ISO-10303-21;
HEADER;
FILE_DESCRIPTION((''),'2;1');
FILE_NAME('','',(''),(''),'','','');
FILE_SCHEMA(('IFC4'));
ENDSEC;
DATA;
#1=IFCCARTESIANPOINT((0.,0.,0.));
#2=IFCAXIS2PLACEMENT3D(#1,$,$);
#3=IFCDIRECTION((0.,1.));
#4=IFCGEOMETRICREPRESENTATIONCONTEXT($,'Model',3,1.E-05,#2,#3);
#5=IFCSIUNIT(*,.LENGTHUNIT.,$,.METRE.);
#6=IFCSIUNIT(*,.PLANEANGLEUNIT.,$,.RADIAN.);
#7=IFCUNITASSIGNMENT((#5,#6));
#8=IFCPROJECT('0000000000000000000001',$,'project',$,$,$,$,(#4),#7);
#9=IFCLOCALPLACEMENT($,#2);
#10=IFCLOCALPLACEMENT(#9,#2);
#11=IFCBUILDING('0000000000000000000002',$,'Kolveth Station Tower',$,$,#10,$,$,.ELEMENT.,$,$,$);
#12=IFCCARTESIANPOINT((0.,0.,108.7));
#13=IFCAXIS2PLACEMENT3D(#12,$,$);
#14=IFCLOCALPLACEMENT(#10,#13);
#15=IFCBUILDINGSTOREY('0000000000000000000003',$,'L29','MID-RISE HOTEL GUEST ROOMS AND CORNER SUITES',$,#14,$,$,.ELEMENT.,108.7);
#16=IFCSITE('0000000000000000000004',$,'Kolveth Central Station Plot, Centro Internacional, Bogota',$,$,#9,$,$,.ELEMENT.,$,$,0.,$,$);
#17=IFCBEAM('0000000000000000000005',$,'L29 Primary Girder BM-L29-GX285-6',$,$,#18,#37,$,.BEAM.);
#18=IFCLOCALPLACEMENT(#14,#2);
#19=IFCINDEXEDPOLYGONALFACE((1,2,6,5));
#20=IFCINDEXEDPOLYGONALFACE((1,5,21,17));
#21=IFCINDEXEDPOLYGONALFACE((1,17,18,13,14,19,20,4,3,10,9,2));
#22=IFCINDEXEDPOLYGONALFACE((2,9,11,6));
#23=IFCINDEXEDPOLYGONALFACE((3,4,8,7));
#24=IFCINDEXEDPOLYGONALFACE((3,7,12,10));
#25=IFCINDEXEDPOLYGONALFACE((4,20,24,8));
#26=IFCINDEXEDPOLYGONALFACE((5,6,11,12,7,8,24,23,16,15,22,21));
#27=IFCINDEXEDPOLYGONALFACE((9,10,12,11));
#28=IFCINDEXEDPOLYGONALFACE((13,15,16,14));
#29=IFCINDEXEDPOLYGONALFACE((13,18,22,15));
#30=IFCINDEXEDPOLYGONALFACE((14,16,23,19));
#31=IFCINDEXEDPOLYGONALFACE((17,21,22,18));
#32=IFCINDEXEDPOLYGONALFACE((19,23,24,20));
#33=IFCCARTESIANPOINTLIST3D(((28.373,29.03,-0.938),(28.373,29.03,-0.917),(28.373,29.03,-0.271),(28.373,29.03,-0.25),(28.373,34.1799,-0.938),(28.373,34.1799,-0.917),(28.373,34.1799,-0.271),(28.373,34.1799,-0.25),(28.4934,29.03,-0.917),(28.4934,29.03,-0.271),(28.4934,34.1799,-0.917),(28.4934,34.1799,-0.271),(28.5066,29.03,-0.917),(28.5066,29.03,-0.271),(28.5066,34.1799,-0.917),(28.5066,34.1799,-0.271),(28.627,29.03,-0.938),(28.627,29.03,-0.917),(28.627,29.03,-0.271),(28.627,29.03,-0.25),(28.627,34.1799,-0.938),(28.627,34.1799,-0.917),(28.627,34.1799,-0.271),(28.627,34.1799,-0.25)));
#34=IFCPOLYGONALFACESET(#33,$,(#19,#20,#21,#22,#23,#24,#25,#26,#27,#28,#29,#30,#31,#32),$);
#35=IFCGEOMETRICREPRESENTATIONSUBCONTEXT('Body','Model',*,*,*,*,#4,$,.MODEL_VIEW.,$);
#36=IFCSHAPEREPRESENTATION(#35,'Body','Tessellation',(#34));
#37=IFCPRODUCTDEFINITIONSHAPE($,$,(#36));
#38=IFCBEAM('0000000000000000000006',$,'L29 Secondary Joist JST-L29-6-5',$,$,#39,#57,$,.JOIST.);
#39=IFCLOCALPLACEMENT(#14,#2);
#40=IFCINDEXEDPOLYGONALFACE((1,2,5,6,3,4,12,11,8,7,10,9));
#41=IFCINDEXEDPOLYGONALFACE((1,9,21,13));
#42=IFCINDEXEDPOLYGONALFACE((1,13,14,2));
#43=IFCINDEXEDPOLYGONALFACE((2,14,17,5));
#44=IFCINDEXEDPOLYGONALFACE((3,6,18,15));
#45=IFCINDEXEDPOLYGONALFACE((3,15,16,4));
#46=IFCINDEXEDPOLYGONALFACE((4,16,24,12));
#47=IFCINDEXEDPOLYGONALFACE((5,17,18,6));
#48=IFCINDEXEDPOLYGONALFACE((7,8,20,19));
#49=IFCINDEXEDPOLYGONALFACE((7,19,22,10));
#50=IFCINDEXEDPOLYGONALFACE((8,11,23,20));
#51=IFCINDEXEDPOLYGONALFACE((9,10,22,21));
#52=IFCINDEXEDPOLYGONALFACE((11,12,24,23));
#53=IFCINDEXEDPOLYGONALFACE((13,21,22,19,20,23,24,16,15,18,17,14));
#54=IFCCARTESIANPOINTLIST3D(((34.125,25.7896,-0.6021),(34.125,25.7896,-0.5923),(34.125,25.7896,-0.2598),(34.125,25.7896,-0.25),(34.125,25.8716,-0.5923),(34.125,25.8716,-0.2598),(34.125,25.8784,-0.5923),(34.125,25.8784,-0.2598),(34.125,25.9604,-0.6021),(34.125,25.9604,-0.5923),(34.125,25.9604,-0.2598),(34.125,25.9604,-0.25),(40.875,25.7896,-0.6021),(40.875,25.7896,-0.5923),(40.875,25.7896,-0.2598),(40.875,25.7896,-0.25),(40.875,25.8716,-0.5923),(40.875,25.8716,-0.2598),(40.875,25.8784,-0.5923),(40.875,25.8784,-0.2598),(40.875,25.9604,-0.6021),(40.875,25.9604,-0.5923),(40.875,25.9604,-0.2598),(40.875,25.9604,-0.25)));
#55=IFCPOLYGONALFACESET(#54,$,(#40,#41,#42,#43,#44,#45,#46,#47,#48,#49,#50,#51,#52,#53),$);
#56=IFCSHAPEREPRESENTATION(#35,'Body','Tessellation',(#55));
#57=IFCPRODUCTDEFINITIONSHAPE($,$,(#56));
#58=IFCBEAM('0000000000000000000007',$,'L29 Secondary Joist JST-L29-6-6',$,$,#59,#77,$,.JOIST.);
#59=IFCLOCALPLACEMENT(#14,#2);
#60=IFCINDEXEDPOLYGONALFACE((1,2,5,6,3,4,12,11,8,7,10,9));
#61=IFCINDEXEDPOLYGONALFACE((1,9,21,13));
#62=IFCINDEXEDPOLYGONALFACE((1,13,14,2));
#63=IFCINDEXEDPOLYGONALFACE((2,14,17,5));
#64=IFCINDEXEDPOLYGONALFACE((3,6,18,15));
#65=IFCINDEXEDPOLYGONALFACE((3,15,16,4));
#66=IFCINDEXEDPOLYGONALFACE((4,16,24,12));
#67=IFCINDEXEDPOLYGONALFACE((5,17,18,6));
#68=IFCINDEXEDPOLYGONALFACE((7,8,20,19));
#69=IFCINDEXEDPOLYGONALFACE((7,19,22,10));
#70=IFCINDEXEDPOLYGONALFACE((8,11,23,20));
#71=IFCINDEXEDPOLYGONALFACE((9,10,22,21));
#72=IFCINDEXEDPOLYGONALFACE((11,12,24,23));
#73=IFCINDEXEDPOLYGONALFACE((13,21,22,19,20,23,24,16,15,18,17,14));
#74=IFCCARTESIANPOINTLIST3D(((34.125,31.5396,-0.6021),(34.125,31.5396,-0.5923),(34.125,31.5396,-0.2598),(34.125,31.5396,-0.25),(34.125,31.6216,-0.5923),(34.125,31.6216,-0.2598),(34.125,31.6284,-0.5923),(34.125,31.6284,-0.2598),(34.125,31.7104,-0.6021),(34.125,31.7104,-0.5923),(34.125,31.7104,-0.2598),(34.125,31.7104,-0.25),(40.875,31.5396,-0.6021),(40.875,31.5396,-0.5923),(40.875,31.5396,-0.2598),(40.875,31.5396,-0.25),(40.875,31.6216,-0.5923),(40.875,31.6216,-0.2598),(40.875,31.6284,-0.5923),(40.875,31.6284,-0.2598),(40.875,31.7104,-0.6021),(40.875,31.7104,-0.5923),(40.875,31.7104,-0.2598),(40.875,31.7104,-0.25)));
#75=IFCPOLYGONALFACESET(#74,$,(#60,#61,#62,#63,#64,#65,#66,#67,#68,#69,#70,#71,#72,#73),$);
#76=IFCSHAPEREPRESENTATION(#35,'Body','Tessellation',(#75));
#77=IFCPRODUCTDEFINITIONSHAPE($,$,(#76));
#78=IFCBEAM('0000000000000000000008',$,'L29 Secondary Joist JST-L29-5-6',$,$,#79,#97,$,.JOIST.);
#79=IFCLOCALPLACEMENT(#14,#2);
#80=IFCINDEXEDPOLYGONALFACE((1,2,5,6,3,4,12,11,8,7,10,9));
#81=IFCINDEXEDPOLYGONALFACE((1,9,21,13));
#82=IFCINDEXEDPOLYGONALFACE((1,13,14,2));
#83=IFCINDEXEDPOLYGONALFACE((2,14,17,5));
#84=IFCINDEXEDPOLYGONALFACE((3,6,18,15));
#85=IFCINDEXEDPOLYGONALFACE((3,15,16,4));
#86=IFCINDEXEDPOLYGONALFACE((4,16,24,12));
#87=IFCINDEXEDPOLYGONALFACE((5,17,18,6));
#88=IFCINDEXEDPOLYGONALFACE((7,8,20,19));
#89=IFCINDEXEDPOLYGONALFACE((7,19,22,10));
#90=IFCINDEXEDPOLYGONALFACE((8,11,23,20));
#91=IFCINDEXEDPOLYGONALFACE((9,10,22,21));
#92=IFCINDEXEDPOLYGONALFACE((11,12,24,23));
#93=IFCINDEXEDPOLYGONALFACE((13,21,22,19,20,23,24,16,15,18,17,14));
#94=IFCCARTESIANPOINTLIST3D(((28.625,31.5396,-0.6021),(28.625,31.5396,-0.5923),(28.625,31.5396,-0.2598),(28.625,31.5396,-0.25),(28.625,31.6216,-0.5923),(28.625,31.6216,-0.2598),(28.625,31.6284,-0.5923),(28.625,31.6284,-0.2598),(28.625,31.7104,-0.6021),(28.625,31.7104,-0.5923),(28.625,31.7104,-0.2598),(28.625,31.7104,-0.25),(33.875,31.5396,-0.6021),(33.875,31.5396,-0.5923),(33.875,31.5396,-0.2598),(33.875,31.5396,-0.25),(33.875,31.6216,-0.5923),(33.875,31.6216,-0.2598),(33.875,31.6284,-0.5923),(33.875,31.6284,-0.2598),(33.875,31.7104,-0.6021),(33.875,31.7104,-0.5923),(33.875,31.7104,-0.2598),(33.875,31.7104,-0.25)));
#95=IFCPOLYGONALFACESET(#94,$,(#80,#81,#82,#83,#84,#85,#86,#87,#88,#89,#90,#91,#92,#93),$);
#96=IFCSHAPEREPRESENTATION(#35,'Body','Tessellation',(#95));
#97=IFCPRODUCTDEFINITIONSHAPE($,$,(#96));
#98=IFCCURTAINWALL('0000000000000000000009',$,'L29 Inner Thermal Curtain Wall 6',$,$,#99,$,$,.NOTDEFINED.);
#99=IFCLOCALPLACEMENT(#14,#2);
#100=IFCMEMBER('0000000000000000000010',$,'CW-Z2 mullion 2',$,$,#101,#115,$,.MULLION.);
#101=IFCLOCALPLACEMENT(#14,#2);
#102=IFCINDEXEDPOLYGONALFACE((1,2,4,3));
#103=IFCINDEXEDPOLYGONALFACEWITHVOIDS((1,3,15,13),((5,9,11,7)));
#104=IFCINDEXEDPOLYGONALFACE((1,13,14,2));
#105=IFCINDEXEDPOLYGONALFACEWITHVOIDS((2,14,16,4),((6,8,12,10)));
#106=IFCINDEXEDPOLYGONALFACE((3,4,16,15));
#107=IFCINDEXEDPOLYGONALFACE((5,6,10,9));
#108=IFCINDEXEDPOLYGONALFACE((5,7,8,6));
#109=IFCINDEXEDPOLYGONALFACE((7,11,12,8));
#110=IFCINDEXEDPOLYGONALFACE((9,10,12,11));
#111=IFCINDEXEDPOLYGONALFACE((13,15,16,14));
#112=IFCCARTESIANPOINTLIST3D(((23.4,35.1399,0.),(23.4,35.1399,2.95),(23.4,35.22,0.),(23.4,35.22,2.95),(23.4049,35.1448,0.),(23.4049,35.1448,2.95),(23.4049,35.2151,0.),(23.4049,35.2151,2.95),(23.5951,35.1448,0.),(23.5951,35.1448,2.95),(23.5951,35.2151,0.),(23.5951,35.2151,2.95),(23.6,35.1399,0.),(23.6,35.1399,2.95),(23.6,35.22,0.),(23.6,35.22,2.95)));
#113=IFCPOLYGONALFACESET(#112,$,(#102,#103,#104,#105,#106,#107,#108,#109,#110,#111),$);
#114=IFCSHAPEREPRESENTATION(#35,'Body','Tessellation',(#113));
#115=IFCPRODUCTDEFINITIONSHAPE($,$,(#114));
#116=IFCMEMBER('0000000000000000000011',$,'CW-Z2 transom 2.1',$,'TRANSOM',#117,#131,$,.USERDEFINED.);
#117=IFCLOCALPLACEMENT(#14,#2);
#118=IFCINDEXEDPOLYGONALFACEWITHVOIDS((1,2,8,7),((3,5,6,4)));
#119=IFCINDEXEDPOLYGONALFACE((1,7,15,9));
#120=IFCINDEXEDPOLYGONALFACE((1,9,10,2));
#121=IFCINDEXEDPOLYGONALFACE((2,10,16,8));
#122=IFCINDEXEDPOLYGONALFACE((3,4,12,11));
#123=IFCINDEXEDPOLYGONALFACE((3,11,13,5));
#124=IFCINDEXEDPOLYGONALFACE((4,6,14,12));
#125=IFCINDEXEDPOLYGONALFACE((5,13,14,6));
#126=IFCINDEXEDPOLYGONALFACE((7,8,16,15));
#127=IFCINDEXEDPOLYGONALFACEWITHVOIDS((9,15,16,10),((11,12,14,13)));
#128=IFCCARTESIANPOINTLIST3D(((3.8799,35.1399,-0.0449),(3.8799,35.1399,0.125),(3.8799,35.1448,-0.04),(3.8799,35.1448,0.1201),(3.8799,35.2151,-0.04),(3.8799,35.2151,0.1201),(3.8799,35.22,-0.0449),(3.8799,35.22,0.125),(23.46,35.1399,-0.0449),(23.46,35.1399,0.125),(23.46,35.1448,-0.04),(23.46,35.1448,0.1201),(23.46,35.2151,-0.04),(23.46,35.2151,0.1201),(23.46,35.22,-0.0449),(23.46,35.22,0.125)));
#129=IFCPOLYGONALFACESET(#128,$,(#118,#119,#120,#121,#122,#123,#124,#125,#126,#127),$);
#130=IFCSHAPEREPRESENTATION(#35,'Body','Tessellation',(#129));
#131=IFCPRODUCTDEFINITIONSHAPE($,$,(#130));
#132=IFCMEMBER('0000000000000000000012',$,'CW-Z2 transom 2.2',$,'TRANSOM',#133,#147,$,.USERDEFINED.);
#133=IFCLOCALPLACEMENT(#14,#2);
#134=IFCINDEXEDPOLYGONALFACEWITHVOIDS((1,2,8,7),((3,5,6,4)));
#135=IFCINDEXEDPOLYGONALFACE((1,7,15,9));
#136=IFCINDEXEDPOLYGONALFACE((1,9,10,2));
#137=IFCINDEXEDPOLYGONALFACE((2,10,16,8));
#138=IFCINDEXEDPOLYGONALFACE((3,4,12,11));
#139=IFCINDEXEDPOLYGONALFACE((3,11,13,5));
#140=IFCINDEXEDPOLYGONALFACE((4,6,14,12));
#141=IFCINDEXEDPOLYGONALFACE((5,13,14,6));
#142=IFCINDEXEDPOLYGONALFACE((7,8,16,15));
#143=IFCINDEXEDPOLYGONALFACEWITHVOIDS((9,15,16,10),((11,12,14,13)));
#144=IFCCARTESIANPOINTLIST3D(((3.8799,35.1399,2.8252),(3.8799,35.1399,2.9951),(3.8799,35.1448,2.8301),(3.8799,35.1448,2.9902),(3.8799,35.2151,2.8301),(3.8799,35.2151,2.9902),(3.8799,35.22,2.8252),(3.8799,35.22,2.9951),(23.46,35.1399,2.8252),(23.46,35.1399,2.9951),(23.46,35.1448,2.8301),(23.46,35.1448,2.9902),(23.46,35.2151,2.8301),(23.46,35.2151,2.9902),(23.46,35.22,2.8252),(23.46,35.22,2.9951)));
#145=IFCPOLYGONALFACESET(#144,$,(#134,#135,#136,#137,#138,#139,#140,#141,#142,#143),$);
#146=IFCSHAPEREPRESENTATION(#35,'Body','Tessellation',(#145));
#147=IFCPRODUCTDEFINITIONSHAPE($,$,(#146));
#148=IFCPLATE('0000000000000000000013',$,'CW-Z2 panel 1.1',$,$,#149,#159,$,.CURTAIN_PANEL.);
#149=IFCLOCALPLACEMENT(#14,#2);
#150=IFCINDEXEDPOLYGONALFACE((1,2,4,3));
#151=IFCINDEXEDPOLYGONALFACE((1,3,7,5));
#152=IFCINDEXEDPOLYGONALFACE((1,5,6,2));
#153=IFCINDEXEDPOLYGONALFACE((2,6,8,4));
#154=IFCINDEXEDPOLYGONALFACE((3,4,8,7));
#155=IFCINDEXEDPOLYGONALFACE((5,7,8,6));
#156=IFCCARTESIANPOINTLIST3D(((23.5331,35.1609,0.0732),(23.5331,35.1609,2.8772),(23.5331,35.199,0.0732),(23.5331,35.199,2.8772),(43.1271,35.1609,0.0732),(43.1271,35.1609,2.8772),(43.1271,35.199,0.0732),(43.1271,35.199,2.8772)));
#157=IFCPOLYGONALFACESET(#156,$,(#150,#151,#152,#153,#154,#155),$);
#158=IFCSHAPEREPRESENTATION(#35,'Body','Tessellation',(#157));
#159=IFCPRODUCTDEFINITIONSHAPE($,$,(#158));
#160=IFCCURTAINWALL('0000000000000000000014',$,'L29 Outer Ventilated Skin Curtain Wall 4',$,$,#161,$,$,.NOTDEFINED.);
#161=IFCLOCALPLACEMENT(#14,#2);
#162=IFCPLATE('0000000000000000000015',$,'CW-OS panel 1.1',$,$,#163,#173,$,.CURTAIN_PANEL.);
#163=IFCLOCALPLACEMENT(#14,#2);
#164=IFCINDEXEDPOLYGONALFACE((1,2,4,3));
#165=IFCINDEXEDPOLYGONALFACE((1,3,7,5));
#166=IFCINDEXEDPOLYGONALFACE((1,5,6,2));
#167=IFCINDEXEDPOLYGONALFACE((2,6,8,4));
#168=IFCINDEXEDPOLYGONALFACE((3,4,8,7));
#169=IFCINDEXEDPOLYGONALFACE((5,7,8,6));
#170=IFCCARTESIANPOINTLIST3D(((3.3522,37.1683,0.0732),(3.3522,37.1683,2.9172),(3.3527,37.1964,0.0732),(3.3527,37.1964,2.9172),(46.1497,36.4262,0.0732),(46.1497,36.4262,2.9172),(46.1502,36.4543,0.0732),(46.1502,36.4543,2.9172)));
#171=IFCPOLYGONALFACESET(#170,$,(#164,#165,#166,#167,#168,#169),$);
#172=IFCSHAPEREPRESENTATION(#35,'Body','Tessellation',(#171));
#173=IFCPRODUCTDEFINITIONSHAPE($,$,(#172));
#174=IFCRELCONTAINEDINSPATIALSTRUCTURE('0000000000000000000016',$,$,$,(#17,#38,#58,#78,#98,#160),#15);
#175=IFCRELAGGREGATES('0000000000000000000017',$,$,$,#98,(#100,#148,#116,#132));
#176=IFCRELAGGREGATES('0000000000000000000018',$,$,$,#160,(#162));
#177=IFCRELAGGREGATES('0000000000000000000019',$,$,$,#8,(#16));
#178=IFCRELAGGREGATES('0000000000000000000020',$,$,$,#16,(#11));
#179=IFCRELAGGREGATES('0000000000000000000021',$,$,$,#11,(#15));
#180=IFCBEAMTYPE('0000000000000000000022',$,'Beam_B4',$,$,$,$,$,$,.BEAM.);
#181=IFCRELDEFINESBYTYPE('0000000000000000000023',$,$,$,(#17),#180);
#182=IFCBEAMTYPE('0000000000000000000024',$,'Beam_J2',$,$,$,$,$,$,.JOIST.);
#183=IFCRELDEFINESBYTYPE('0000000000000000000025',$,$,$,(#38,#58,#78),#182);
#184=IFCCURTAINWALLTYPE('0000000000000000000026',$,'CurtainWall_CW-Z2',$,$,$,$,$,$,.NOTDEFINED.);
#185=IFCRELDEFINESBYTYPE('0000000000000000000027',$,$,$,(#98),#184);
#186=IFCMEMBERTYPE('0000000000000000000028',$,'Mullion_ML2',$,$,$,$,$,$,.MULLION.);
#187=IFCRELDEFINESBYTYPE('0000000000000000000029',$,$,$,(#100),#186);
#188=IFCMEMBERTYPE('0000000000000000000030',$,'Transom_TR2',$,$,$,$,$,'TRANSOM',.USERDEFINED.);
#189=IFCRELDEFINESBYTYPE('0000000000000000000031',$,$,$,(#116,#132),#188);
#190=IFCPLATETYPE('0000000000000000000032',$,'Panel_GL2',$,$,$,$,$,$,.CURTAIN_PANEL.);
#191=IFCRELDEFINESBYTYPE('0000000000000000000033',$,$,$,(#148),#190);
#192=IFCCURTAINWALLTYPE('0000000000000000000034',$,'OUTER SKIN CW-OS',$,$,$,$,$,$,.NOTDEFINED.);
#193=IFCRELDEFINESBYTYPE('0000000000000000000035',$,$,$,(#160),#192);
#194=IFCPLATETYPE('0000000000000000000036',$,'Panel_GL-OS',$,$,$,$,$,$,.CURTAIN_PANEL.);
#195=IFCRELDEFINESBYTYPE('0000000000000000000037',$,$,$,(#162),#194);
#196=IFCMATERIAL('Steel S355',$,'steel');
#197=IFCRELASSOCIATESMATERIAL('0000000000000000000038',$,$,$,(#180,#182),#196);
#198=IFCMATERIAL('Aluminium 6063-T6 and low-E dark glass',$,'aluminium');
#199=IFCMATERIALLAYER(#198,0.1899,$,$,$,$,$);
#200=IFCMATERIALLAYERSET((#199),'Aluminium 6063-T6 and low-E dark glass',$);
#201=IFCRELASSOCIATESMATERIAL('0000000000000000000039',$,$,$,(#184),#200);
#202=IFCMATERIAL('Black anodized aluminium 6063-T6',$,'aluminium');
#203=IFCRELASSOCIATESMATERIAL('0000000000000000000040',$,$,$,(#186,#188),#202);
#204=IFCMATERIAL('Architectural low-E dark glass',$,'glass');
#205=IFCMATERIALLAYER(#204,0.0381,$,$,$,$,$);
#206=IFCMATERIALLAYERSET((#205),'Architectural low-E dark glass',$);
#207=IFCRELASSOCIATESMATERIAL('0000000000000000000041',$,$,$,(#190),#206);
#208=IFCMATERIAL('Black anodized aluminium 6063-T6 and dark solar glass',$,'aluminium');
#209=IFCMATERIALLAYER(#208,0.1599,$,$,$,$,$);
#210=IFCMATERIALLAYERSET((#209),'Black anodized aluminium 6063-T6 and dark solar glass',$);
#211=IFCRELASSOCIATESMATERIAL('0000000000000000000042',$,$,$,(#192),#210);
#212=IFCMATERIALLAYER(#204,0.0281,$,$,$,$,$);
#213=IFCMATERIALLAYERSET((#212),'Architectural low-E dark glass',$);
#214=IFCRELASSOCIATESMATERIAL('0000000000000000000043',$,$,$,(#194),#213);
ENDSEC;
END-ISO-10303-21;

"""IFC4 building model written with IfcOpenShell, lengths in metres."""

from ifc_helpers import new_model, si_unit, direction, frame, origin, origin_2d, place, context, subcontext, project, spatial, rectangle, hollow_rectangle, i_section, extrude, source, transform, mapped, material, layer, layer_set, material_profile, profile_set, type_object, element, aggregate, save


model = new_model("IFC4")

# Units and contexts
model_context = context("Model", 3, precision=1e-05, world=origin(), true_north=direction((0.0, 1.0)))
body_context = subcontext(model_context, "Body", "Model", "MODEL_VIEW")
ifc_project = project(units=[si_unit("LENGTHUNIT", "METRE"), si_unit("PLANEANGLEUNIT", "RADIAN")], contexts=[model_context])

# Site, building, storey
site_placement = place(None, origin())
site = spatial("IfcSite", under=ifc_project, at=site_placement, Name="Kolveth Central Station Plot, Centro Internacional, Bogota", CompositionType="ELEMENT", RefElevation=0.0)
building_placement = place(site_placement, origin())
building = spatial("IfcBuilding", under=site, at=building_placement, Name="Kolveth Station Tower", CompositionType="ELEMENT")
storey_placement = place(building_placement, frame((0.0, 0.0, 108.7)))
storey = spatial("IfcBuildingStorey", under=building, at=storey_placement, Name="L29", Description="MID-RISE HOTEL GUEST ROOMS AND CORNER SUITES", CompositionType="ELEMENT", Elevation=108.7)

# Shared definitions
ifc_material_1 = material(Name="Steel S355", Category="steel")

# Beams
ifc_material_profile_1 = material_profile(ifc_material_1, i_section(OverallWidth=0.2539, OverallDepth=0.688, WebThickness=0.0132, FlangeThickness=0.021, at=origin_2d()), Name="W690x152")
ifc_profile_set_1 = profile_set([ifc_material_profile_1], Name="Steel S355")
beam_type_1 = type_object("IfcBeamType", Name="Beam_B4", PredefinedType="BEAM", material=ifc_profile_set_1)
shared_shape_1 = source(origin(), body_context, "Body", "SweptSolid", [
    extrude(i_section(OverallWidth=0.2539, OverallDepth=0.688, WebThickness=0.0132, FlangeThickness=0.021, at=origin_2d()), origin(), (0.0, 0.0, 1.0), 5.1499),
])
beam_1_placement = place(storey_placement, frame((28.5, 29.03, -0.594), z_axis=(0.0, 1.0, 0.0), x_axis=(-1.0, 0.0, 0.0)))
element("IfcBeam", 1, at=beam_1_placement, inside=storey, type_object=beam_type_1, Name="L29 Primary Girder BM-L29-GX285-6", PredefinedType="BEAM", context=body_context, shape_type="MappedRepresentation", body=[
    mapped(shared_shape_1, transform((0.0, 0.0, 0.0), x_axis=(1.0, 0.0, 0.0), y_axis=(0.0, 1.0, 0.0), z_axis=(0.0, 0.0, 1.0), scale=1.0)),
])
ifc_material_profile_2 = material_profile(ifc_material_1, i_section(OverallWidth=0.1709, OverallDepth=0.3521, WebThickness=0.0068, FlangeThickness=0.0098, at=origin_2d()), Name="W360x44")
ifc_profile_set_2 = profile_set([ifc_material_profile_2], Name="Steel S355")
beam_type_2 = type_object("IfcBeamType", Name="Beam_J2", PredefinedType="JOIST", material=ifc_profile_set_2)
shared_shape_2 = source(origin(), body_context, "Body", "SweptSolid", [
    extrude(i_section(OverallWidth=0.1709, OverallDepth=0.3521, WebThickness=0.0068, FlangeThickness=0.0098, at=origin_2d()), origin(), (0.0, 0.0, 1.0), 6.75),
])
for number, where, z_axis, x_axis, name in (
    (2, (34.125, 25.875, -0.426), (1.0, 0.0, 0.0), (0.0, 1.0, 0.0), "L29 Secondary Joist JST-L29-6-5"),
    (3, (34.125, 31.625, -0.426), (1.0, 0.0, 0.0), (0.0, 1.0, 0.0), "L29 Secondary Joist JST-L29-6-6"),
):
    element("IfcBeam", number, at=place(storey_placement, frame(where, z_axis=z_axis, x_axis=x_axis)), inside=storey, type_object=beam_type_2, Name=name, PredefinedType="JOIST", context=body_context, shape_type="MappedRepresentation", body=[
        mapped(shared_shape_2, transform((0.0, 0.0, 0.0), x_axis=(1.0, 0.0, 0.0), y_axis=(0.0, 1.0, 0.0), z_axis=(0.0, 0.0, 1.0), scale=1.0)),
    ])
shared_shape_3 = source(origin(), body_context, "Body", "SweptSolid", [
    extrude(i_section(OverallWidth=0.1709, OverallDepth=0.3521, WebThickness=0.0068, FlangeThickness=0.0098, at=origin_2d()), origin(), (0.0, 0.0, 1.0), 5.25),
])
beam_2_placement = place(storey_placement, frame((28.625, 31.625, -0.426), z_axis=(1.0, 0.0, 0.0), x_axis=(0.0, 1.0, 0.0)))
element("IfcBeam", 4, at=beam_2_placement, inside=storey, type_object=beam_type_2, Name="L29 Secondary Joist JST-L29-5-6", PredefinedType="JOIST", context=body_context, shape_type="MappedRepresentation", body=[
    mapped(shared_shape_3, transform((0.0, 0.0, 0.0), x_axis=(1.0, 0.0, 0.0), y_axis=(0.0, 1.0, 0.0), z_axis=(0.0, 0.0, 1.0), scale=1.0)),
])

# Curtain wall, members, plate
ifc_material_2 = material(Name="Aluminium 6063-T6 and low-E dark glass", Category="aluminium")
ifc_layer_1 = layer(ifc_material_2, 0.1899)
ifc_layer_set_1 = layer_set([ifc_layer_1], Name="Aluminium 6063-T6 and low-E dark glass")
curtain_wall_type_1 = type_object("IfcCurtainWallType", Name="CurtainWall_CW-Z2", PredefinedType="NOTDEFINED", material=ifc_layer_set_1)
curtain_wall_1_placement = place(storey_placement, origin())
curtain_wall_1 = element("IfcCurtainWall", 5, at=curtain_wall_1_placement, inside=storey, type_object=curtain_wall_type_1, Name="L29 Inner Thermal Curtain Wall 6", PredefinedType="NOTDEFINED")
ifc_material_3 = material(Name="Black anodized aluminium 6063-T6", Category="aluminium")
ifc_material_profile_3 = material_profile(ifc_material_3, hollow_rectangle(XDim=0.0801, YDim=0.2, WallThickness=0.0049, at=origin_2d()), Name="ALU-80x200x5")
ifc_profile_set_3 = profile_set([ifc_material_profile_3], Name="Black anodized aluminium 6063-T6")
member_type_1 = type_object("IfcMemberType", Name="Mullion_ML2", PredefinedType="MULLION", material=ifc_profile_set_3)
shared_shape_4 = source(origin(), body_context, "Body", "SweptSolid", [
    extrude(hollow_rectangle(XDim=0.0801, YDim=0.2, WallThickness=0.0049, at=origin_2d()), origin(), (0.0, 0.0, 1.0), 2.95),
])
member_1_placement = place(storey_placement, frame((23.5, 35.1799, 0.0), z_axis=(0.0, 0.0, 1.0), x_axis=(0.0, -1.0, 0.0)))
member_1 = element("IfcMember", 6, at=member_1_placement, type_object=member_type_1, Name="CW-Z2 mullion 2", PredefinedType="MULLION", context=body_context, shape_type="MappedRepresentation", body=[
    mapped(shared_shape_4, transform((0.0, 0.0, 0.0), x_axis=(1.0, 0.0, 0.0), y_axis=(0.0, 1.0, 0.0), z_axis=(0.0, 0.0, 1.0), scale=1.0)),
])
ifc_material_profile_4 = material_profile(ifc_material_3, hollow_rectangle(XDim=0.0801, YDim=0.1699, WallThickness=0.0049, at=origin_2d()), Name="ALU-80x170x5")
ifc_profile_set_4 = profile_set([ifc_material_profile_4], Name="Black anodized aluminium 6063-T6")
member_type_2 = type_object("IfcMemberType", Name="Transom_TR2", ElementType="TRANSOM", PredefinedType="USERDEFINED", material=ifc_profile_set_4)
shared_shape_5 = source(origin(), body_context, "Body", "SweptSolid", [
    extrude(hollow_rectangle(XDim=0.0801, YDim=0.1699, WallThickness=0.0049, at=origin_2d()), origin(), (0.0, 0.0, 1.0), 19.5801),
])
member_2_placement = place(storey_placement, frame((23.46, 35.1799, 0.04), z_axis=(-1.0, 0.0, 0.0), x_axis=(0.0, -1.0, 0.0)))
member_2 = element("IfcMember", 7, at=member_2_placement, type_object=member_type_2, Name="CW-Z2 transom 2.1", ObjectType="TRANSOM", PredefinedType="USERDEFINED", context=body_context, shape_type="MappedRepresentation", body=[
    mapped(shared_shape_5, transform((0.0, 0.0, 0.0), x_axis=(1.0, 0.0, 0.0), y_axis=(0.0, 1.0, 0.0), z_axis=(0.0, 0.0, 1.0), scale=1.0)),
])
member_3_placement = place(storey_placement, frame((23.46, 35.1799, 2.9102), z_axis=(-1.0, 0.0, 0.0), x_axis=(0.0, -1.0, 0.0)))
member_3 = element("IfcMember", 8, at=member_3_placement, type_object=member_type_2, Name="CW-Z2 transom 2.2", ObjectType="TRANSOM", PredefinedType="USERDEFINED", context=body_context, shape_type="MappedRepresentation", body=[
    mapped(shared_shape_5, transform((0.0, 0.0, 0.0), x_axis=(1.0, 0.0, 0.0), y_axis=(0.0, 1.0, 0.0), z_axis=(0.0, 0.0, 1.0), scale=1.0)),
])
ifc_material_4 = material(Name="Architectural low-E dark glass", Category="glass")
ifc_layer_2 = layer(ifc_material_4, 0.0381)
ifc_layer_set_2 = layer_set([ifc_layer_2], Name="Architectural low-E dark glass")
plate_type_1 = type_object("IfcPlateType", Name="Panel_GL2", PredefinedType="CURTAIN_PANEL", material=ifc_layer_set_2)
shared_shape_6 = source(origin(), body_context, "Body", "SweptSolid", [
    extrude(rectangle(XDim=19.594, YDim=0.0381, at=origin_2d()), origin(), (0.0, 0.0, 1.0), 2.804),
])
plate_1_placement = place(storey_placement, frame((33.3301, 35.1799, 0.0732), z_axis=(0.0, 0.0, 1.0), x_axis=(-1.0, 0.0, 0.0)))
plate_1 = element("IfcPlate", 9, at=plate_1_placement, type_object=plate_type_1, Name="CW-Z2 panel 1.1", PredefinedType="CURTAIN_PANEL", context=body_context, shape_type="MappedRepresentation", body=[
    mapped(shared_shape_6, transform((0.0, 0.0, 0.0), x_axis=(1.0, 0.0, 0.0), y_axis=(0.0, 1.0, 0.0), z_axis=(0.0, 0.0, 1.0), scale=1.0)),
])
aggregate(curtain_wall_1, [member_1, plate_1, member_2, member_3])

# Curtain wall, plate
ifc_material_5 = material(Name="Black anodized aluminium 6063-T6 and dark solar glass", Category="aluminium")
ifc_layer_3 = layer(ifc_material_5, 0.1599)
ifc_layer_set_3 = layer_set([ifc_layer_3], Name="Black anodized aluminium 6063-T6 and dark solar glass")
curtain_wall_type_2 = type_object("IfcCurtainWallType", Name="OUTER SKIN CW-OS", PredefinedType="NOTDEFINED", material=ifc_layer_set_3)
curtain_wall_2_placement = place(storey_placement, origin())
curtain_wall_2 = element("IfcCurtainWall", 10, at=curtain_wall_2_placement, inside=storey, type_object=curtain_wall_type_2, Name="L29 Outer Ventilated Skin Curtain Wall 4", PredefinedType="NOTDEFINED")
ifc_layer_4 = layer(ifc_material_4, 0.0281)
ifc_layer_set_4 = layer_set([ifc_layer_4], Name="Architectural low-E dark glass")
plate_type_2 = type_object("IfcPlateType", Name="Panel_GL-OS", PredefinedType="CURTAIN_PANEL", material=ifc_layer_set_4)
shared_shape_7 = source(origin(), body_context, "Body", "SweptSolid", [
    extrude(rectangle(XDim=42.804, YDim=0.0281, at=origin_2d()), origin(), (0.0, 0.0, 1.0), 2.844),
])
plate_2_placement = place(storey_placement, frame((24.7512, 36.8113, 0.0732), z_axis=(0.0, 0.0, 1.0), x_axis=(-0.99985, 0.017338, 0.0)))
plate_2 = element("IfcPlate", 11, at=plate_2_placement, type_object=plate_type_2, Name="CW-OS panel 1.1", PredefinedType="CURTAIN_PANEL", context=body_context, shape_type="MappedRepresentation", body=[
    mapped(shared_shape_7, transform((0.0, 0.0, 0.0), x_axis=(1.0, 0.0, 0.0), y_axis=(0.0, 1.0, 0.0), z_axis=(0.0, 0.0, 1.0), scale=1.0)),
])
aggregate(curtain_wall_2, [plate_2])

save(model, "model.ifc")
